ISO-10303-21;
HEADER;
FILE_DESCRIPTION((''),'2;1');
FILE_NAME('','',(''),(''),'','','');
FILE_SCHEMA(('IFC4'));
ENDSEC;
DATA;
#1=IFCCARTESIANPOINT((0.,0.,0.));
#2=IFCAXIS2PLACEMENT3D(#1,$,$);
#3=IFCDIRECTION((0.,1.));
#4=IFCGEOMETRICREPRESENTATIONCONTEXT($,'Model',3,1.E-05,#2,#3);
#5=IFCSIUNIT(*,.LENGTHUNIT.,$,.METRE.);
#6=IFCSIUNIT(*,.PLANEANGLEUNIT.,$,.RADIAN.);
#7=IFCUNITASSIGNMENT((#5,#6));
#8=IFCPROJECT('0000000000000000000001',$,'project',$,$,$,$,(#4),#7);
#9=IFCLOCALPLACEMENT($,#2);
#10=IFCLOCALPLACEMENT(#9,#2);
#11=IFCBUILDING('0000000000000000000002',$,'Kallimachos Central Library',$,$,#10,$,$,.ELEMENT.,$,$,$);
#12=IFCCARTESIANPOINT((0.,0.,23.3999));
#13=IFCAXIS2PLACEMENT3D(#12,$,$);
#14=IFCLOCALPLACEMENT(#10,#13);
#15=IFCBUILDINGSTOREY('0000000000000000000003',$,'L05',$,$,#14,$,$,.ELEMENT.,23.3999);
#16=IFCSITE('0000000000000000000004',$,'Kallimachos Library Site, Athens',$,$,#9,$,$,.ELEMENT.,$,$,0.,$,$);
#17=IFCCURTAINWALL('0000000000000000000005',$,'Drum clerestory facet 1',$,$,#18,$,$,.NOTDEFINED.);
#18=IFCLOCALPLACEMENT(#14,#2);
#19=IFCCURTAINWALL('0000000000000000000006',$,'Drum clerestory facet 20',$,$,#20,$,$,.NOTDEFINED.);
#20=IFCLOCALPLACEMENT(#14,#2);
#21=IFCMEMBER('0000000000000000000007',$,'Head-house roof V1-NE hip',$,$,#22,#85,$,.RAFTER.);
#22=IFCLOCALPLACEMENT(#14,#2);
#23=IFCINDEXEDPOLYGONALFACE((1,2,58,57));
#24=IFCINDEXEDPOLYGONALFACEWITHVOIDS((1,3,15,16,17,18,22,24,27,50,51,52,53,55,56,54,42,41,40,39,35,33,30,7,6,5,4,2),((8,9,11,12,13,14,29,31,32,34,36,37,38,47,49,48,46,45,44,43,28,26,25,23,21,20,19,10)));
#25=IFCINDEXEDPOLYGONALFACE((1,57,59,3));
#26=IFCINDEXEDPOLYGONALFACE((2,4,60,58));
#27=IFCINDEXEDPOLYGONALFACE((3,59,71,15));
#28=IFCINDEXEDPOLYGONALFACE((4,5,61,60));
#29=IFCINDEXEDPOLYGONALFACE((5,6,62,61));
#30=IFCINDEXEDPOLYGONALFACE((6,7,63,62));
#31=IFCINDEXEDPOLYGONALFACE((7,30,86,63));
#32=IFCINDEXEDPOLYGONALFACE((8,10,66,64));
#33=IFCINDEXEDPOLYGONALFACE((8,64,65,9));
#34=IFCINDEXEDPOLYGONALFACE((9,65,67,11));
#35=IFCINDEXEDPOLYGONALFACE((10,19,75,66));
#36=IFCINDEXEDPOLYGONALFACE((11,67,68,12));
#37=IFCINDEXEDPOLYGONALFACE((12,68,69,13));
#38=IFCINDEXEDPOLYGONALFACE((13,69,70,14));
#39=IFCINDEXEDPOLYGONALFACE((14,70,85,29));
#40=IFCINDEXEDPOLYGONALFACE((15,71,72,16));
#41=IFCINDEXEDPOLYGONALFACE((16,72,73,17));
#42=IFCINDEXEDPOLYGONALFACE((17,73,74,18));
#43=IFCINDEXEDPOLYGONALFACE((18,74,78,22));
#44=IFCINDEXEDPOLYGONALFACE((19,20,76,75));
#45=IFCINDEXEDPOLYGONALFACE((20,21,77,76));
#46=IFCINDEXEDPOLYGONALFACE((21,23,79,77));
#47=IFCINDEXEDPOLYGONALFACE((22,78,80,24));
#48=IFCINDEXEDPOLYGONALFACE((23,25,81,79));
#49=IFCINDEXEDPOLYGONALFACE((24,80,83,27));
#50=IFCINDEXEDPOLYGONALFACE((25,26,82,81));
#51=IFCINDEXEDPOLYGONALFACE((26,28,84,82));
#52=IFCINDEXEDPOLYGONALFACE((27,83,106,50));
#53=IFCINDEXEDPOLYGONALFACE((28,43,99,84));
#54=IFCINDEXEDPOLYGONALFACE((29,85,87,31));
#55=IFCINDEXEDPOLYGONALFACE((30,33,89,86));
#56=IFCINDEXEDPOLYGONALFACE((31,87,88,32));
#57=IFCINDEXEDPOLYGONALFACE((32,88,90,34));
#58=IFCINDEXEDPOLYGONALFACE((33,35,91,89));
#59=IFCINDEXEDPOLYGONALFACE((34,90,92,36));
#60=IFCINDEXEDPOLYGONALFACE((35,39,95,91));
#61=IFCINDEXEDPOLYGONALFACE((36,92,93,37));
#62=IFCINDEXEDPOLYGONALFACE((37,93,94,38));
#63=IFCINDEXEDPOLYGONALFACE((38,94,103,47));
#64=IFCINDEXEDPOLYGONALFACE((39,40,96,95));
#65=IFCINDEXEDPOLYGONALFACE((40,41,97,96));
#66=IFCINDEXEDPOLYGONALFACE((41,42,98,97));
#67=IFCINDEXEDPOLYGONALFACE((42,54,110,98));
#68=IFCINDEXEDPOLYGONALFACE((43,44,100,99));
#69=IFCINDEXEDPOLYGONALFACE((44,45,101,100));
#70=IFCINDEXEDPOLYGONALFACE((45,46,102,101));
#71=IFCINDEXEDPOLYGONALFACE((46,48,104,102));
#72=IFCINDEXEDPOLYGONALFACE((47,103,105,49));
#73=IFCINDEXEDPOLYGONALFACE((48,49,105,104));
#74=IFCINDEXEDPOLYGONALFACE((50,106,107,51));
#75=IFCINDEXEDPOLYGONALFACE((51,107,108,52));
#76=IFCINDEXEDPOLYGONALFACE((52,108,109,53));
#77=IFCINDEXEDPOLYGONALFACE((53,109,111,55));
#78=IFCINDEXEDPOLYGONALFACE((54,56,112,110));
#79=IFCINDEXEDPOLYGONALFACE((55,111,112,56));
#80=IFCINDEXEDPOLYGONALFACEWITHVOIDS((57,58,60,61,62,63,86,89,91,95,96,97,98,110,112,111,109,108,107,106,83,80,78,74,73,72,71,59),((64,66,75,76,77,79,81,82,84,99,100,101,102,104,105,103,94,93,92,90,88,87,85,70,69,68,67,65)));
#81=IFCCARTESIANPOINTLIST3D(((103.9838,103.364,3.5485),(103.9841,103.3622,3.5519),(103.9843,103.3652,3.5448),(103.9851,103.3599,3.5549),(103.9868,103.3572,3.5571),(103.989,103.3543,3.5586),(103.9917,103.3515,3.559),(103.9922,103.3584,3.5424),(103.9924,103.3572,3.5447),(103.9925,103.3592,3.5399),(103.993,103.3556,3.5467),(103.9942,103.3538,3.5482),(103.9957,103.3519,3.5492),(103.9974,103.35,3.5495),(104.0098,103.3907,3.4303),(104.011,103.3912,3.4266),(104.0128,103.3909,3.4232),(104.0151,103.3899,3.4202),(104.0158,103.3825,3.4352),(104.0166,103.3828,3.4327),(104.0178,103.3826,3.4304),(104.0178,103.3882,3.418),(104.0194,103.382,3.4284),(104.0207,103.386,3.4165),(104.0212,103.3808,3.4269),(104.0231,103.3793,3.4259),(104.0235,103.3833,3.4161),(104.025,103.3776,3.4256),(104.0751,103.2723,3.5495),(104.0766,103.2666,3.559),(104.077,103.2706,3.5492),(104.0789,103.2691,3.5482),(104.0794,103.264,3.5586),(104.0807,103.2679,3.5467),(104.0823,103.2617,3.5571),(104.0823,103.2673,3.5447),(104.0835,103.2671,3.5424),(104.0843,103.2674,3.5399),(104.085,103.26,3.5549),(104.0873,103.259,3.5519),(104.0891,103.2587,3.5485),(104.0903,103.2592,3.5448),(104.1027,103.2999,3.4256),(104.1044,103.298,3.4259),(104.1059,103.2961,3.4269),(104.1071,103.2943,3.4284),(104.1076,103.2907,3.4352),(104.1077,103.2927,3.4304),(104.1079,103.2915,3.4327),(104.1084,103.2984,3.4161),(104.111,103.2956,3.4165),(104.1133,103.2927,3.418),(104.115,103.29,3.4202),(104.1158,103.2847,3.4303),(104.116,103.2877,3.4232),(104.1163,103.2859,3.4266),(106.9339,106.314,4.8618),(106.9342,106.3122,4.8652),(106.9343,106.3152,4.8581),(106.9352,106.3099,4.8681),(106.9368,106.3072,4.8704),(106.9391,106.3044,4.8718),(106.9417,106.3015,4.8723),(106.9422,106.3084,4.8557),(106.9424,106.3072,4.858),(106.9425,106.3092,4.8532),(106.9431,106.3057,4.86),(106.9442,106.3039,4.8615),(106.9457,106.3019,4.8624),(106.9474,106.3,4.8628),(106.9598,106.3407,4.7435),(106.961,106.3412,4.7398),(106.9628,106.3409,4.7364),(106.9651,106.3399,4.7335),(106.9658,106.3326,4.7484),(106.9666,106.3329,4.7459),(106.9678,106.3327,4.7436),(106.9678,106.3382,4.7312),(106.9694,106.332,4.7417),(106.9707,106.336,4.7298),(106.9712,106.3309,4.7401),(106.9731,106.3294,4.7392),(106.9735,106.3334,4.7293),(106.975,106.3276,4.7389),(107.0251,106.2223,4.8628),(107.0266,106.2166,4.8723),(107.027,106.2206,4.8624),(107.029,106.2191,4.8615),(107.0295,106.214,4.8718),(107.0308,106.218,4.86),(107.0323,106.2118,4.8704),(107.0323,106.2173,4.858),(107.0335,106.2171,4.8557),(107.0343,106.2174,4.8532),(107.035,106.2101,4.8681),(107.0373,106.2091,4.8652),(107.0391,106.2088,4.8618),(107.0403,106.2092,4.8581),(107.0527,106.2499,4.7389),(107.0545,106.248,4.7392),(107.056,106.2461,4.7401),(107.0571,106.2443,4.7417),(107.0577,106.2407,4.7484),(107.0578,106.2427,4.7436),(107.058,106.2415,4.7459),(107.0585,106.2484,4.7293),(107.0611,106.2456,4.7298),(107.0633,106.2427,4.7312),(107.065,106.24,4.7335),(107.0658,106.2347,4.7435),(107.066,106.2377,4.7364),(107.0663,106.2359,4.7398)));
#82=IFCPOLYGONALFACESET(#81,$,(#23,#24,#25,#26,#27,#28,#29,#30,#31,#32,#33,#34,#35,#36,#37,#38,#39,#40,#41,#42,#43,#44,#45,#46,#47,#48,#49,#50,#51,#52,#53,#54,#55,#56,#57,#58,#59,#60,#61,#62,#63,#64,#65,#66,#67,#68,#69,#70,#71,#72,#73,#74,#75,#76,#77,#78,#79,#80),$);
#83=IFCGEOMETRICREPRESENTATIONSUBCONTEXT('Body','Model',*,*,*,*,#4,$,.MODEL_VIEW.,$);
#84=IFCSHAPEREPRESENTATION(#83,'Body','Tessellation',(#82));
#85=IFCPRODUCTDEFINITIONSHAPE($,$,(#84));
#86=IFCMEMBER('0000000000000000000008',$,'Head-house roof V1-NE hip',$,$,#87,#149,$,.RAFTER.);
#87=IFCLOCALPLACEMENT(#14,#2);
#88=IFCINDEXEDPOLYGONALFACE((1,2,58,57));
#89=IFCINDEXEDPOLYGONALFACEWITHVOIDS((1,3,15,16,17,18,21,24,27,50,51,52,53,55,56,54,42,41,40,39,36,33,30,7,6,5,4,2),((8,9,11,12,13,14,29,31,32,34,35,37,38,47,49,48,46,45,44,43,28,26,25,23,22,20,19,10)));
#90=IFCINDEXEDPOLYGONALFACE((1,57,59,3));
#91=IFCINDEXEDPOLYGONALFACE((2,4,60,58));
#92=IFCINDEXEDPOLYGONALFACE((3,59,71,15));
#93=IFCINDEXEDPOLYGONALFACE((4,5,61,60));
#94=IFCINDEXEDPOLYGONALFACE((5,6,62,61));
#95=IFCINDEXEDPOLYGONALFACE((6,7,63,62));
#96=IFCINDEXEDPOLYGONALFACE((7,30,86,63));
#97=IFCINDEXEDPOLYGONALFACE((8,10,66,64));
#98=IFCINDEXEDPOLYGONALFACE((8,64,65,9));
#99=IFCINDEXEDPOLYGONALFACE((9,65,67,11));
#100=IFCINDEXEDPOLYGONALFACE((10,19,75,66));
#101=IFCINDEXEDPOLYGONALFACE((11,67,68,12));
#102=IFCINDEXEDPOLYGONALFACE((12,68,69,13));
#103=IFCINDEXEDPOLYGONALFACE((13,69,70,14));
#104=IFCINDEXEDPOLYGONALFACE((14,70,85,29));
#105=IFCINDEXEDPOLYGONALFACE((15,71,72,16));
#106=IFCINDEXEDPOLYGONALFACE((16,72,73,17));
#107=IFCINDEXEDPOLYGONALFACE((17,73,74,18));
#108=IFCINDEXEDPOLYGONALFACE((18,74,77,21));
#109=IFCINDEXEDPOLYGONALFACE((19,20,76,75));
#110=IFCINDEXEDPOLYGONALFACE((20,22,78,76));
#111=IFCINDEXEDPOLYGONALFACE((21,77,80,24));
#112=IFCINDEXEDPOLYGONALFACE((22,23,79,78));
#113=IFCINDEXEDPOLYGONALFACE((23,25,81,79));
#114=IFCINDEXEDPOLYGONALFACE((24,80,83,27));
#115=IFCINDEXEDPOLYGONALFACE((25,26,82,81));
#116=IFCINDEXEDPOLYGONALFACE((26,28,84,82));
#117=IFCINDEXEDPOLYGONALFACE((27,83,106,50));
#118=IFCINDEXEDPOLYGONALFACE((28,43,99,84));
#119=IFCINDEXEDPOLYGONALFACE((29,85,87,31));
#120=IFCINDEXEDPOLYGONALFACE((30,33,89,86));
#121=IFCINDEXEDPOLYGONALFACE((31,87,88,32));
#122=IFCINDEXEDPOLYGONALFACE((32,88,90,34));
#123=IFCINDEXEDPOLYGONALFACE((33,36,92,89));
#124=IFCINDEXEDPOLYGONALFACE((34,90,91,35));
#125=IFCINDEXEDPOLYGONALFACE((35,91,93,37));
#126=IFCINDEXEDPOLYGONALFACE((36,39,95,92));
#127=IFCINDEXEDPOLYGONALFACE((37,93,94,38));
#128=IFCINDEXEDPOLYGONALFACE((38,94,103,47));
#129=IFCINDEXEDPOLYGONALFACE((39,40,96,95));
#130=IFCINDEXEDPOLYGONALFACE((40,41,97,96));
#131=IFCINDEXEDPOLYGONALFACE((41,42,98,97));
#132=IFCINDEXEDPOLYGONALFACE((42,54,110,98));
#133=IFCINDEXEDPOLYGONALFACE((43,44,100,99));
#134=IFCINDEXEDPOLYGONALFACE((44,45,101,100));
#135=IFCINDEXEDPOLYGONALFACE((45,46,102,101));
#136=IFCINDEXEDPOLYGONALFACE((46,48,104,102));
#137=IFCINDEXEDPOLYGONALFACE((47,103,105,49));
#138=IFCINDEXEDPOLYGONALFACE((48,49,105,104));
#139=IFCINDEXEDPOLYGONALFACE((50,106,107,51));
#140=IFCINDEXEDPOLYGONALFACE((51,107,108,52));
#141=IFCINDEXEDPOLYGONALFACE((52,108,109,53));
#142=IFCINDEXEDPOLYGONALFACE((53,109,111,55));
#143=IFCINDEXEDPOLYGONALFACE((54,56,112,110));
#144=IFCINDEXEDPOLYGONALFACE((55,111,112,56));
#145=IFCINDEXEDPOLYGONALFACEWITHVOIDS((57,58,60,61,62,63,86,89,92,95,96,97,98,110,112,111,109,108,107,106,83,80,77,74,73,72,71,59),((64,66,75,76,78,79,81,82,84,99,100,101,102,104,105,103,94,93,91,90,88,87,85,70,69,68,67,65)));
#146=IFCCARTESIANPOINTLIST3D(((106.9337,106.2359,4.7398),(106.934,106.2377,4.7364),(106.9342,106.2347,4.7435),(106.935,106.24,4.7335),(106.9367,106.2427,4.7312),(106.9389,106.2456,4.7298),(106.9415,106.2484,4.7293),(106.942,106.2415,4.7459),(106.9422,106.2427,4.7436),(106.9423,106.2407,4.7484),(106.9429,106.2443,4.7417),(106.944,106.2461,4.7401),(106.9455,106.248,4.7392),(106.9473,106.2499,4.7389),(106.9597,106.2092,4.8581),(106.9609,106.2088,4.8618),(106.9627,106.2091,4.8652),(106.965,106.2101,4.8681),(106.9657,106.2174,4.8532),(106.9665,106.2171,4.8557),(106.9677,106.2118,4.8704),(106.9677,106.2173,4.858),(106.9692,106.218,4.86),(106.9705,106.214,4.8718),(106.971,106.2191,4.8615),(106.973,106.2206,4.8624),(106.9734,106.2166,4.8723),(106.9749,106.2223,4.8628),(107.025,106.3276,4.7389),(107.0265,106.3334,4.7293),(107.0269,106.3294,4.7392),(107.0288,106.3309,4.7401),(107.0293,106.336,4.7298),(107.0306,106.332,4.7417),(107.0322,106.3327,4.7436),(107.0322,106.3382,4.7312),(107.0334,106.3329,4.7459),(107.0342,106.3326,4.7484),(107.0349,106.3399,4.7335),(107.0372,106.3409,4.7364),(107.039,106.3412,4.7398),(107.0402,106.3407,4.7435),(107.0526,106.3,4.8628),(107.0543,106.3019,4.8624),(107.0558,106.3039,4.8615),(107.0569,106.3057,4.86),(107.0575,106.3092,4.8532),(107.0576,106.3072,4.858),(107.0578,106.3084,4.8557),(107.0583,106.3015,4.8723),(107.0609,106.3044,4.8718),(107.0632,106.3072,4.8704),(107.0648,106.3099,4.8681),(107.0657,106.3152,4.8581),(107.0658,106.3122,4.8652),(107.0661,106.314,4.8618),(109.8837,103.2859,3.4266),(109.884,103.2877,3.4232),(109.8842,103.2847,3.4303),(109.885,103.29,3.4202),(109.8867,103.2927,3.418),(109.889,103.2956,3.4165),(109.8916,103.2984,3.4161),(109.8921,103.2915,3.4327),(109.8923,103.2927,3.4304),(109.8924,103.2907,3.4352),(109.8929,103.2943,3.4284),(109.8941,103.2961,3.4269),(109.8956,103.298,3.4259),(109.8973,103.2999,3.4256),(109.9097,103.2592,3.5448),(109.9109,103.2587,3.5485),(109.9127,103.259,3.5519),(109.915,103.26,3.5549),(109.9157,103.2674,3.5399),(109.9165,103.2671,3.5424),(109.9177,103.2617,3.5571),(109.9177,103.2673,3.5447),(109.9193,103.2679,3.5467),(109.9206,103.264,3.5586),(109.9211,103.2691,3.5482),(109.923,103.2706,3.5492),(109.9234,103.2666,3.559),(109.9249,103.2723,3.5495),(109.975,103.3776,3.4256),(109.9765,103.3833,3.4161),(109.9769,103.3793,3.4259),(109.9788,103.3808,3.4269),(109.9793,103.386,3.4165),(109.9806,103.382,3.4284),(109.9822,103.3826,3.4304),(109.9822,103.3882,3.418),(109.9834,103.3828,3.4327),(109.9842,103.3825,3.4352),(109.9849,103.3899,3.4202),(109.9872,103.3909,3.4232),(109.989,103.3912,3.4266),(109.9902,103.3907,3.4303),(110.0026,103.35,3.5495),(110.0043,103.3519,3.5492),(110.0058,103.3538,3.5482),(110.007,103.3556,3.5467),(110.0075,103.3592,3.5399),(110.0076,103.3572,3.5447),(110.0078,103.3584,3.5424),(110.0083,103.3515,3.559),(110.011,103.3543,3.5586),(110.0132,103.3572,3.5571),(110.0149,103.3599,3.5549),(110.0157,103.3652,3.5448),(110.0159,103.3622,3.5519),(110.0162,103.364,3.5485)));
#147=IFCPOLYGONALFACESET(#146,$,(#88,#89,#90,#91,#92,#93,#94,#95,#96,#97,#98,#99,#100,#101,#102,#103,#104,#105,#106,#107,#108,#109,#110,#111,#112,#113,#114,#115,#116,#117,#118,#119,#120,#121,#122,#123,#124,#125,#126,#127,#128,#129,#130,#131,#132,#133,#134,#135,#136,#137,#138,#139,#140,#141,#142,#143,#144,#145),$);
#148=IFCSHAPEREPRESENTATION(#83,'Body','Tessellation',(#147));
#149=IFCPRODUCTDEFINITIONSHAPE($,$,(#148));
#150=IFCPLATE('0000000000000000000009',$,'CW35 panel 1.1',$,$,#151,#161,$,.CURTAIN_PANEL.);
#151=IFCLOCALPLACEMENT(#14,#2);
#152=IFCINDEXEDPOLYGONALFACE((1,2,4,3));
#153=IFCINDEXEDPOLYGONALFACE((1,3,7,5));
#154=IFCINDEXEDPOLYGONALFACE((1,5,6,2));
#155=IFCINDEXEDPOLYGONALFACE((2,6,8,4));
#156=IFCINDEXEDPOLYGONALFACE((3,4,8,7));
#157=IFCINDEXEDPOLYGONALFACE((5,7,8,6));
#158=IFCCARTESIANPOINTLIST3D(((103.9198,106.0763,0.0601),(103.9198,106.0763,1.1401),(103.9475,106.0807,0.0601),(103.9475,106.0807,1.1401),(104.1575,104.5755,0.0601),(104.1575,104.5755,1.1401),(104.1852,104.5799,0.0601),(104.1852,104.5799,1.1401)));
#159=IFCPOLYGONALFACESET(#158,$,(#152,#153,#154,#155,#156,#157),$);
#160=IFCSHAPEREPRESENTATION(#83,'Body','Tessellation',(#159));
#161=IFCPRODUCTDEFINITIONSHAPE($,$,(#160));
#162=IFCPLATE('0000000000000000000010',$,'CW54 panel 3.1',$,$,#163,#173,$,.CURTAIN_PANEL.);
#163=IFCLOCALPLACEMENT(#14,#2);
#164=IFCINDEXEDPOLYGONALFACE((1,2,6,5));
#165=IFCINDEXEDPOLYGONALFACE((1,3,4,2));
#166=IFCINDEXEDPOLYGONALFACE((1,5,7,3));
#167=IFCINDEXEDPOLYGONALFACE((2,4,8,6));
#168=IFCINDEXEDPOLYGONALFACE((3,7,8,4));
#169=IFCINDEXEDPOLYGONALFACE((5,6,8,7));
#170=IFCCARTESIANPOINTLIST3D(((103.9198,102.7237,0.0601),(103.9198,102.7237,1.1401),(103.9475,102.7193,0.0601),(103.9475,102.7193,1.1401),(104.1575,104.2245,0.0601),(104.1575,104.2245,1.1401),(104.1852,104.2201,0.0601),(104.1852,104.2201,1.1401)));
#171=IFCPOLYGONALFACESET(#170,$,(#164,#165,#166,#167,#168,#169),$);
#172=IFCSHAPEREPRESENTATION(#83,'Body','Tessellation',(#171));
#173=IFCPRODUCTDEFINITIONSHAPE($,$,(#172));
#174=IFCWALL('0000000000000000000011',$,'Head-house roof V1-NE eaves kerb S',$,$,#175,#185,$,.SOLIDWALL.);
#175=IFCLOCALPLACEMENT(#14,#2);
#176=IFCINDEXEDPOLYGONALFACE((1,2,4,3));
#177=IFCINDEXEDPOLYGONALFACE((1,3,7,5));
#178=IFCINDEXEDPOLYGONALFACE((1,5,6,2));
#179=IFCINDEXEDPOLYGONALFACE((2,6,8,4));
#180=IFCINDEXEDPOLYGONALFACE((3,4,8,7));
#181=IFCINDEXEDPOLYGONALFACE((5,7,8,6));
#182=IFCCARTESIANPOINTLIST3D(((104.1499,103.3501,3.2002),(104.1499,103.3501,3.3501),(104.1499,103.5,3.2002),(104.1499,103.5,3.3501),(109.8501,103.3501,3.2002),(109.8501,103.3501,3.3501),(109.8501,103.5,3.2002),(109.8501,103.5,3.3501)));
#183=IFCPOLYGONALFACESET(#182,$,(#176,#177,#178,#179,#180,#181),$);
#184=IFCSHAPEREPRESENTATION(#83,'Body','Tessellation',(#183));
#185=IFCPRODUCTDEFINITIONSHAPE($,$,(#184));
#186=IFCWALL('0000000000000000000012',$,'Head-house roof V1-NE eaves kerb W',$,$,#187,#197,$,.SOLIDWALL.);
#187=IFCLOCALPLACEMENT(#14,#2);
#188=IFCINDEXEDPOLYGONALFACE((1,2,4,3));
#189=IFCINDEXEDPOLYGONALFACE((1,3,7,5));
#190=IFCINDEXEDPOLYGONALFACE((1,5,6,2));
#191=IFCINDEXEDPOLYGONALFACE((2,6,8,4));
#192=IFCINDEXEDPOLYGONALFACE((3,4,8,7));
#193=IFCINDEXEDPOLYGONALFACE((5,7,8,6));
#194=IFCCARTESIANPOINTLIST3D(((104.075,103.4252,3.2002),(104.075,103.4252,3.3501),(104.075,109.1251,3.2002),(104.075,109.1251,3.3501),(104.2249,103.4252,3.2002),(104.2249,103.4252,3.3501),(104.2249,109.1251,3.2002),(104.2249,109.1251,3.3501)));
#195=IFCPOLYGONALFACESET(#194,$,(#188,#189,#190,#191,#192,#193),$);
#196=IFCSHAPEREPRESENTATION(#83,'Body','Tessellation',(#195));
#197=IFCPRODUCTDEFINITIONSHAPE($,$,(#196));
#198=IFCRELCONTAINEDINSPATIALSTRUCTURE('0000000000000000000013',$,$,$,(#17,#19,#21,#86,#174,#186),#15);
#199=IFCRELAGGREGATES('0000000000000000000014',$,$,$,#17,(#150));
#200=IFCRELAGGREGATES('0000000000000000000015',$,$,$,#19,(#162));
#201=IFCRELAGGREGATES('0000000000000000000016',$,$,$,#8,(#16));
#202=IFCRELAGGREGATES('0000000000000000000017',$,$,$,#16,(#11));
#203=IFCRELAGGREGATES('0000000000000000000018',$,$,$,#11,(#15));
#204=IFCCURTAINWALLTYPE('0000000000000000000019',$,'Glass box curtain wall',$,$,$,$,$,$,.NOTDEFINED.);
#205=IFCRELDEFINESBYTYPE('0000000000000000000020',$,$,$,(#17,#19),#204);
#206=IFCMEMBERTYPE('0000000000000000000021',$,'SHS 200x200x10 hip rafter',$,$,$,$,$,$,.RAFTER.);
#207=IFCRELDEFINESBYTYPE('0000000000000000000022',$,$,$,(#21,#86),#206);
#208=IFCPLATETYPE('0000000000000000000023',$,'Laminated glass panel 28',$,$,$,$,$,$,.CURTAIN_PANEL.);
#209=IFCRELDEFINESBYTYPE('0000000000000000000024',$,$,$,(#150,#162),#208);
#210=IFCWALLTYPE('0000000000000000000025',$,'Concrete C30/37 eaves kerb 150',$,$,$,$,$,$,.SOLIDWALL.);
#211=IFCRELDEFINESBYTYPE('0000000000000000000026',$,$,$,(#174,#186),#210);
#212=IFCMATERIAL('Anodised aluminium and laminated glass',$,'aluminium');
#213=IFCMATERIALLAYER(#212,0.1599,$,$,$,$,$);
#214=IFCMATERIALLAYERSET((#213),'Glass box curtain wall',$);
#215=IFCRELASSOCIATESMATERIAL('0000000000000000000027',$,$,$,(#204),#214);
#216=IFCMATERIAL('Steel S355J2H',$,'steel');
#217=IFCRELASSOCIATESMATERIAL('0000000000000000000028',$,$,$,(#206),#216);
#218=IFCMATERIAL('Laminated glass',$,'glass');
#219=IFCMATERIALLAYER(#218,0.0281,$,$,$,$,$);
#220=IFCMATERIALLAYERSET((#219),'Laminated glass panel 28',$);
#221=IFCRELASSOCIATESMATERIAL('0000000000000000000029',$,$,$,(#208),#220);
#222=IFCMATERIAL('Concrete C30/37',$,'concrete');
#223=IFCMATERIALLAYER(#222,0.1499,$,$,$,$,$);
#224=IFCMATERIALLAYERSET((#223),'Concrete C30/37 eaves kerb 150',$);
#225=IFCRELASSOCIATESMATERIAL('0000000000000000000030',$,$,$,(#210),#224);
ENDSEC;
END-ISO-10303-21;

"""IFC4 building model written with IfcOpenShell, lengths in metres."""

from ifc_helpers import new_model, si_unit, direction, frame, frame_2d, origin, origin_2d, place, context, subcontext, project, spatial, rectangle, hollow_rectangle, extrude, material, layer, layer_set, material_profile, profile_set, type_object, element, aggregate, save


model = new_model("IFC4")

# Units and contexts
model_context = context("Model", 3, precision=1e-05, world=origin(), true_north=direction((0.0, 1.0)))
body_context = subcontext(model_context, "Body", "Model", "MODEL_VIEW")
ifc_project = project(units=[si_unit("LENGTHUNIT", "METRE"), si_unit("PLANEANGLEUNIT", "RADIAN")], contexts=[model_context])

# Site, building, storey
site_placement = place(None, origin())
site = spatial("IfcSite", under=ifc_project, at=site_placement, Name="Kallimachos Library Site, Athens", CompositionType="ELEMENT", RefElevation=0.0)
building_placement = place(site_placement, origin())
building = spatial("IfcBuilding", under=site, at=building_placement, Name="Kallimachos Central Library", CompositionType="ELEMENT")
storey_placement = place(building_placement, frame((0.0, 0.0, 23.3999)))
storey = spatial("IfcBuildingStorey", under=building, at=storey_placement, Name="L05", CompositionType="ELEMENT", Elevation=23.3999)

# Curtain walls
ifc_material_1 = material(Name="Anodised aluminium and laminated glass", Category="aluminium")
ifc_layer_1 = layer(ifc_material_1, 0.1599)
ifc_layer_set_1 = layer_set([ifc_layer_1], Name="Glass box curtain wall")
curtain_wall_type = type_object("IfcCurtainWallType", Name="Glass box curtain wall", PredefinedType="NOTDEFINED", material=ifc_layer_set_1)
curtain_wall_1_placement = place(storey_placement, origin())
curtain_wall_1 = element("IfcCurtainWall", 1, at=curtain_wall_1_placement, inside=storey, type_object=curtain_wall_type, Name="Drum clerestory facet 1", PredefinedType="NOTDEFINED")
curtain_wall_2_placement = place(storey_placement, origin())
curtain_wall_2 = element("IfcCurtainWall", 2, at=curtain_wall_2_placement, inside=storey, type_object=curtain_wall_type, Name="Drum clerestory facet 20", PredefinedType="NOTDEFINED")

# Members
ifc_material_2 = material(Name="Steel S355J2H", Category="steel")
ifc_material_profile_1 = material_profile(ifc_material_2, hollow_rectangle(XDim=0.1499, YDim=0.1499, WallThickness=0.01, InnerFilletRadius=0.01, OuterFilletRadius=0.0149, at=origin_2d()), Name="SHS 150x150x10")
ifc_profile_set_1 = profile_set([ifc_material_profile_1], Name="Steel S355J2H")
member_type_1 = type_object("IfcMemberType", Name="SHS 200x200x10 hip rafter", PredefinedType="RAFTER", material=ifc_profile_set_1)
for number, where, z_axis, x_axis, name in (
    (3, (104.05, 103.325, 3.4875), (0.674479, 0.674479, 0.300259), (-0.707107, 0.707107, 0.0), "Head-house roof V1-NE hip"),
    (4, (109.95, 103.325, 3.4875), (-0.674479, 0.674479, 0.300259), (-0.707107, -0.707107, 0.0), "Head-house roof V1-NE hip"),
):
    element("IfcMember", number, at=place(storey_placement, frame(where, z_axis=z_axis, x_axis=x_axis)), inside=storey, type_object=member_type_1, Name=name, PredefinedType="RAFTER", context=body_context, shape_type="SweptSolid", body=[
        extrude(hollow_rectangle(XDim=0.1499, YDim=0.1499, WallThickness=0.01, InnerFilletRadius=0.01, OuterFilletRadius=0.0149, at=origin_2d()), origin(), (0.0, 0.0, 1.0), 4.3738),
    ])

# Plates
ifc_material_3 = material(Name="Laminated glass", Category="glass")
ifc_layer_2 = layer(ifc_material_3, 0.0281)
ifc_layer_set_2 = layer_set([ifc_layer_2], Name="Laminated glass panel 28")
plate_type = type_object("IfcPlateType", Name="Laminated glass panel 28", PredefinedType="CURTAIN_PANEL", material=ifc_layer_set_2)
plate_1_placement = place(storey_placement, frame((104.0525, 105.3281, 0.0601), z_axis=(0.0, 0.0, 1.0), x_axis=(-0.156435, 0.987688, 0.0)))
plate_1 = element("IfcPlate", 5, at=plate_1_placement, type_object=plate_type, Name="CW35 panel 1.1", PredefinedType="CURTAIN_PANEL", context=body_context, shape_type="SweptSolid", body=[
    extrude(rectangle(XDim=1.5195, YDim=0.0281, at=origin_2d()), origin(), (0.0, 0.0, 1.0), 1.0801),
])
aggregate(curtain_wall_1, [plate_1])
plate_2_placement = place(storey_placement, frame((104.0525, 103.4719, 0.0601), z_axis=(0.0, 0.0, 1.0), x_axis=(0.156435, 0.987688, 0.0)))
plate_2 = element("IfcPlate", 6, at=plate_2_placement, type_object=plate_type, Name="CW54 panel 3.1", PredefinedType="CURTAIN_PANEL", context=body_context, shape_type="SweptSolid", body=[
    extrude(rectangle(XDim=1.5195, YDim=0.0281, at=origin_2d()), origin(), (0.0, 0.0, 1.0), 1.0801),
])
aggregate(curtain_wall_2, [plate_2])

# Walls
ifc_material_4 = material(Name="Concrete C30/37", Category="concrete")
ifc_layer_3 = layer(ifc_material_4, 0.1499)
ifc_layer_set_3 = layer_set([ifc_layer_3], Name="Concrete C30/37 eaves kerb 150")
wall_type_1 = type_object("IfcWallType", Name="Concrete C30/37 eaves kerb 150", PredefinedType="SOLIDWALL", material=ifc_layer_set_3)
wall_1_placement = place(storey_placement, frame((104.1499, 103.425, 3.2002), z_axis=(0.0, 0.0, 1.0), x_axis=(1.0, 0.0, 0.0)))
element("IfcWall", 7, at=wall_1_placement, inside=storey, type_object=wall_type_1, Name="Head-house roof V1-NE eaves kerb S", PredefinedType="SOLIDWALL", context=body_context, shape_type="SweptSolid", body=[
    extrude(rectangle(XDim=5.7002, YDim=0.1499, at=frame_2d((2.8501, 0.0))), origin(), (0.0, 0.0, 1.0), 0.1499),
])
for number, where, z_axis, x_axis, name in (
    (8, (104.1499, 103.425, 3.2002), (0.0, 0.0, 1.0), (0.0, 1.0, 0.0), "Head-house roof V1-NE eaves kerb W"),
):
    element("IfcWall", number, at=place(storey_placement, frame(where, z_axis=z_axis, x_axis=x_axis)), inside=storey, type_object=wall_type_1, Name=name, PredefinedType="SOLIDWALL", context=body_context, shape_type="SweptSolid", body=[
        extrude(rectangle(XDim=5.7, YDim=0.1499, at=frame_2d((2.8501, 0.0))), origin(), (0.0, 0.0, 1.0), 0.1499),
    ])

save(model, "model.ifc")
